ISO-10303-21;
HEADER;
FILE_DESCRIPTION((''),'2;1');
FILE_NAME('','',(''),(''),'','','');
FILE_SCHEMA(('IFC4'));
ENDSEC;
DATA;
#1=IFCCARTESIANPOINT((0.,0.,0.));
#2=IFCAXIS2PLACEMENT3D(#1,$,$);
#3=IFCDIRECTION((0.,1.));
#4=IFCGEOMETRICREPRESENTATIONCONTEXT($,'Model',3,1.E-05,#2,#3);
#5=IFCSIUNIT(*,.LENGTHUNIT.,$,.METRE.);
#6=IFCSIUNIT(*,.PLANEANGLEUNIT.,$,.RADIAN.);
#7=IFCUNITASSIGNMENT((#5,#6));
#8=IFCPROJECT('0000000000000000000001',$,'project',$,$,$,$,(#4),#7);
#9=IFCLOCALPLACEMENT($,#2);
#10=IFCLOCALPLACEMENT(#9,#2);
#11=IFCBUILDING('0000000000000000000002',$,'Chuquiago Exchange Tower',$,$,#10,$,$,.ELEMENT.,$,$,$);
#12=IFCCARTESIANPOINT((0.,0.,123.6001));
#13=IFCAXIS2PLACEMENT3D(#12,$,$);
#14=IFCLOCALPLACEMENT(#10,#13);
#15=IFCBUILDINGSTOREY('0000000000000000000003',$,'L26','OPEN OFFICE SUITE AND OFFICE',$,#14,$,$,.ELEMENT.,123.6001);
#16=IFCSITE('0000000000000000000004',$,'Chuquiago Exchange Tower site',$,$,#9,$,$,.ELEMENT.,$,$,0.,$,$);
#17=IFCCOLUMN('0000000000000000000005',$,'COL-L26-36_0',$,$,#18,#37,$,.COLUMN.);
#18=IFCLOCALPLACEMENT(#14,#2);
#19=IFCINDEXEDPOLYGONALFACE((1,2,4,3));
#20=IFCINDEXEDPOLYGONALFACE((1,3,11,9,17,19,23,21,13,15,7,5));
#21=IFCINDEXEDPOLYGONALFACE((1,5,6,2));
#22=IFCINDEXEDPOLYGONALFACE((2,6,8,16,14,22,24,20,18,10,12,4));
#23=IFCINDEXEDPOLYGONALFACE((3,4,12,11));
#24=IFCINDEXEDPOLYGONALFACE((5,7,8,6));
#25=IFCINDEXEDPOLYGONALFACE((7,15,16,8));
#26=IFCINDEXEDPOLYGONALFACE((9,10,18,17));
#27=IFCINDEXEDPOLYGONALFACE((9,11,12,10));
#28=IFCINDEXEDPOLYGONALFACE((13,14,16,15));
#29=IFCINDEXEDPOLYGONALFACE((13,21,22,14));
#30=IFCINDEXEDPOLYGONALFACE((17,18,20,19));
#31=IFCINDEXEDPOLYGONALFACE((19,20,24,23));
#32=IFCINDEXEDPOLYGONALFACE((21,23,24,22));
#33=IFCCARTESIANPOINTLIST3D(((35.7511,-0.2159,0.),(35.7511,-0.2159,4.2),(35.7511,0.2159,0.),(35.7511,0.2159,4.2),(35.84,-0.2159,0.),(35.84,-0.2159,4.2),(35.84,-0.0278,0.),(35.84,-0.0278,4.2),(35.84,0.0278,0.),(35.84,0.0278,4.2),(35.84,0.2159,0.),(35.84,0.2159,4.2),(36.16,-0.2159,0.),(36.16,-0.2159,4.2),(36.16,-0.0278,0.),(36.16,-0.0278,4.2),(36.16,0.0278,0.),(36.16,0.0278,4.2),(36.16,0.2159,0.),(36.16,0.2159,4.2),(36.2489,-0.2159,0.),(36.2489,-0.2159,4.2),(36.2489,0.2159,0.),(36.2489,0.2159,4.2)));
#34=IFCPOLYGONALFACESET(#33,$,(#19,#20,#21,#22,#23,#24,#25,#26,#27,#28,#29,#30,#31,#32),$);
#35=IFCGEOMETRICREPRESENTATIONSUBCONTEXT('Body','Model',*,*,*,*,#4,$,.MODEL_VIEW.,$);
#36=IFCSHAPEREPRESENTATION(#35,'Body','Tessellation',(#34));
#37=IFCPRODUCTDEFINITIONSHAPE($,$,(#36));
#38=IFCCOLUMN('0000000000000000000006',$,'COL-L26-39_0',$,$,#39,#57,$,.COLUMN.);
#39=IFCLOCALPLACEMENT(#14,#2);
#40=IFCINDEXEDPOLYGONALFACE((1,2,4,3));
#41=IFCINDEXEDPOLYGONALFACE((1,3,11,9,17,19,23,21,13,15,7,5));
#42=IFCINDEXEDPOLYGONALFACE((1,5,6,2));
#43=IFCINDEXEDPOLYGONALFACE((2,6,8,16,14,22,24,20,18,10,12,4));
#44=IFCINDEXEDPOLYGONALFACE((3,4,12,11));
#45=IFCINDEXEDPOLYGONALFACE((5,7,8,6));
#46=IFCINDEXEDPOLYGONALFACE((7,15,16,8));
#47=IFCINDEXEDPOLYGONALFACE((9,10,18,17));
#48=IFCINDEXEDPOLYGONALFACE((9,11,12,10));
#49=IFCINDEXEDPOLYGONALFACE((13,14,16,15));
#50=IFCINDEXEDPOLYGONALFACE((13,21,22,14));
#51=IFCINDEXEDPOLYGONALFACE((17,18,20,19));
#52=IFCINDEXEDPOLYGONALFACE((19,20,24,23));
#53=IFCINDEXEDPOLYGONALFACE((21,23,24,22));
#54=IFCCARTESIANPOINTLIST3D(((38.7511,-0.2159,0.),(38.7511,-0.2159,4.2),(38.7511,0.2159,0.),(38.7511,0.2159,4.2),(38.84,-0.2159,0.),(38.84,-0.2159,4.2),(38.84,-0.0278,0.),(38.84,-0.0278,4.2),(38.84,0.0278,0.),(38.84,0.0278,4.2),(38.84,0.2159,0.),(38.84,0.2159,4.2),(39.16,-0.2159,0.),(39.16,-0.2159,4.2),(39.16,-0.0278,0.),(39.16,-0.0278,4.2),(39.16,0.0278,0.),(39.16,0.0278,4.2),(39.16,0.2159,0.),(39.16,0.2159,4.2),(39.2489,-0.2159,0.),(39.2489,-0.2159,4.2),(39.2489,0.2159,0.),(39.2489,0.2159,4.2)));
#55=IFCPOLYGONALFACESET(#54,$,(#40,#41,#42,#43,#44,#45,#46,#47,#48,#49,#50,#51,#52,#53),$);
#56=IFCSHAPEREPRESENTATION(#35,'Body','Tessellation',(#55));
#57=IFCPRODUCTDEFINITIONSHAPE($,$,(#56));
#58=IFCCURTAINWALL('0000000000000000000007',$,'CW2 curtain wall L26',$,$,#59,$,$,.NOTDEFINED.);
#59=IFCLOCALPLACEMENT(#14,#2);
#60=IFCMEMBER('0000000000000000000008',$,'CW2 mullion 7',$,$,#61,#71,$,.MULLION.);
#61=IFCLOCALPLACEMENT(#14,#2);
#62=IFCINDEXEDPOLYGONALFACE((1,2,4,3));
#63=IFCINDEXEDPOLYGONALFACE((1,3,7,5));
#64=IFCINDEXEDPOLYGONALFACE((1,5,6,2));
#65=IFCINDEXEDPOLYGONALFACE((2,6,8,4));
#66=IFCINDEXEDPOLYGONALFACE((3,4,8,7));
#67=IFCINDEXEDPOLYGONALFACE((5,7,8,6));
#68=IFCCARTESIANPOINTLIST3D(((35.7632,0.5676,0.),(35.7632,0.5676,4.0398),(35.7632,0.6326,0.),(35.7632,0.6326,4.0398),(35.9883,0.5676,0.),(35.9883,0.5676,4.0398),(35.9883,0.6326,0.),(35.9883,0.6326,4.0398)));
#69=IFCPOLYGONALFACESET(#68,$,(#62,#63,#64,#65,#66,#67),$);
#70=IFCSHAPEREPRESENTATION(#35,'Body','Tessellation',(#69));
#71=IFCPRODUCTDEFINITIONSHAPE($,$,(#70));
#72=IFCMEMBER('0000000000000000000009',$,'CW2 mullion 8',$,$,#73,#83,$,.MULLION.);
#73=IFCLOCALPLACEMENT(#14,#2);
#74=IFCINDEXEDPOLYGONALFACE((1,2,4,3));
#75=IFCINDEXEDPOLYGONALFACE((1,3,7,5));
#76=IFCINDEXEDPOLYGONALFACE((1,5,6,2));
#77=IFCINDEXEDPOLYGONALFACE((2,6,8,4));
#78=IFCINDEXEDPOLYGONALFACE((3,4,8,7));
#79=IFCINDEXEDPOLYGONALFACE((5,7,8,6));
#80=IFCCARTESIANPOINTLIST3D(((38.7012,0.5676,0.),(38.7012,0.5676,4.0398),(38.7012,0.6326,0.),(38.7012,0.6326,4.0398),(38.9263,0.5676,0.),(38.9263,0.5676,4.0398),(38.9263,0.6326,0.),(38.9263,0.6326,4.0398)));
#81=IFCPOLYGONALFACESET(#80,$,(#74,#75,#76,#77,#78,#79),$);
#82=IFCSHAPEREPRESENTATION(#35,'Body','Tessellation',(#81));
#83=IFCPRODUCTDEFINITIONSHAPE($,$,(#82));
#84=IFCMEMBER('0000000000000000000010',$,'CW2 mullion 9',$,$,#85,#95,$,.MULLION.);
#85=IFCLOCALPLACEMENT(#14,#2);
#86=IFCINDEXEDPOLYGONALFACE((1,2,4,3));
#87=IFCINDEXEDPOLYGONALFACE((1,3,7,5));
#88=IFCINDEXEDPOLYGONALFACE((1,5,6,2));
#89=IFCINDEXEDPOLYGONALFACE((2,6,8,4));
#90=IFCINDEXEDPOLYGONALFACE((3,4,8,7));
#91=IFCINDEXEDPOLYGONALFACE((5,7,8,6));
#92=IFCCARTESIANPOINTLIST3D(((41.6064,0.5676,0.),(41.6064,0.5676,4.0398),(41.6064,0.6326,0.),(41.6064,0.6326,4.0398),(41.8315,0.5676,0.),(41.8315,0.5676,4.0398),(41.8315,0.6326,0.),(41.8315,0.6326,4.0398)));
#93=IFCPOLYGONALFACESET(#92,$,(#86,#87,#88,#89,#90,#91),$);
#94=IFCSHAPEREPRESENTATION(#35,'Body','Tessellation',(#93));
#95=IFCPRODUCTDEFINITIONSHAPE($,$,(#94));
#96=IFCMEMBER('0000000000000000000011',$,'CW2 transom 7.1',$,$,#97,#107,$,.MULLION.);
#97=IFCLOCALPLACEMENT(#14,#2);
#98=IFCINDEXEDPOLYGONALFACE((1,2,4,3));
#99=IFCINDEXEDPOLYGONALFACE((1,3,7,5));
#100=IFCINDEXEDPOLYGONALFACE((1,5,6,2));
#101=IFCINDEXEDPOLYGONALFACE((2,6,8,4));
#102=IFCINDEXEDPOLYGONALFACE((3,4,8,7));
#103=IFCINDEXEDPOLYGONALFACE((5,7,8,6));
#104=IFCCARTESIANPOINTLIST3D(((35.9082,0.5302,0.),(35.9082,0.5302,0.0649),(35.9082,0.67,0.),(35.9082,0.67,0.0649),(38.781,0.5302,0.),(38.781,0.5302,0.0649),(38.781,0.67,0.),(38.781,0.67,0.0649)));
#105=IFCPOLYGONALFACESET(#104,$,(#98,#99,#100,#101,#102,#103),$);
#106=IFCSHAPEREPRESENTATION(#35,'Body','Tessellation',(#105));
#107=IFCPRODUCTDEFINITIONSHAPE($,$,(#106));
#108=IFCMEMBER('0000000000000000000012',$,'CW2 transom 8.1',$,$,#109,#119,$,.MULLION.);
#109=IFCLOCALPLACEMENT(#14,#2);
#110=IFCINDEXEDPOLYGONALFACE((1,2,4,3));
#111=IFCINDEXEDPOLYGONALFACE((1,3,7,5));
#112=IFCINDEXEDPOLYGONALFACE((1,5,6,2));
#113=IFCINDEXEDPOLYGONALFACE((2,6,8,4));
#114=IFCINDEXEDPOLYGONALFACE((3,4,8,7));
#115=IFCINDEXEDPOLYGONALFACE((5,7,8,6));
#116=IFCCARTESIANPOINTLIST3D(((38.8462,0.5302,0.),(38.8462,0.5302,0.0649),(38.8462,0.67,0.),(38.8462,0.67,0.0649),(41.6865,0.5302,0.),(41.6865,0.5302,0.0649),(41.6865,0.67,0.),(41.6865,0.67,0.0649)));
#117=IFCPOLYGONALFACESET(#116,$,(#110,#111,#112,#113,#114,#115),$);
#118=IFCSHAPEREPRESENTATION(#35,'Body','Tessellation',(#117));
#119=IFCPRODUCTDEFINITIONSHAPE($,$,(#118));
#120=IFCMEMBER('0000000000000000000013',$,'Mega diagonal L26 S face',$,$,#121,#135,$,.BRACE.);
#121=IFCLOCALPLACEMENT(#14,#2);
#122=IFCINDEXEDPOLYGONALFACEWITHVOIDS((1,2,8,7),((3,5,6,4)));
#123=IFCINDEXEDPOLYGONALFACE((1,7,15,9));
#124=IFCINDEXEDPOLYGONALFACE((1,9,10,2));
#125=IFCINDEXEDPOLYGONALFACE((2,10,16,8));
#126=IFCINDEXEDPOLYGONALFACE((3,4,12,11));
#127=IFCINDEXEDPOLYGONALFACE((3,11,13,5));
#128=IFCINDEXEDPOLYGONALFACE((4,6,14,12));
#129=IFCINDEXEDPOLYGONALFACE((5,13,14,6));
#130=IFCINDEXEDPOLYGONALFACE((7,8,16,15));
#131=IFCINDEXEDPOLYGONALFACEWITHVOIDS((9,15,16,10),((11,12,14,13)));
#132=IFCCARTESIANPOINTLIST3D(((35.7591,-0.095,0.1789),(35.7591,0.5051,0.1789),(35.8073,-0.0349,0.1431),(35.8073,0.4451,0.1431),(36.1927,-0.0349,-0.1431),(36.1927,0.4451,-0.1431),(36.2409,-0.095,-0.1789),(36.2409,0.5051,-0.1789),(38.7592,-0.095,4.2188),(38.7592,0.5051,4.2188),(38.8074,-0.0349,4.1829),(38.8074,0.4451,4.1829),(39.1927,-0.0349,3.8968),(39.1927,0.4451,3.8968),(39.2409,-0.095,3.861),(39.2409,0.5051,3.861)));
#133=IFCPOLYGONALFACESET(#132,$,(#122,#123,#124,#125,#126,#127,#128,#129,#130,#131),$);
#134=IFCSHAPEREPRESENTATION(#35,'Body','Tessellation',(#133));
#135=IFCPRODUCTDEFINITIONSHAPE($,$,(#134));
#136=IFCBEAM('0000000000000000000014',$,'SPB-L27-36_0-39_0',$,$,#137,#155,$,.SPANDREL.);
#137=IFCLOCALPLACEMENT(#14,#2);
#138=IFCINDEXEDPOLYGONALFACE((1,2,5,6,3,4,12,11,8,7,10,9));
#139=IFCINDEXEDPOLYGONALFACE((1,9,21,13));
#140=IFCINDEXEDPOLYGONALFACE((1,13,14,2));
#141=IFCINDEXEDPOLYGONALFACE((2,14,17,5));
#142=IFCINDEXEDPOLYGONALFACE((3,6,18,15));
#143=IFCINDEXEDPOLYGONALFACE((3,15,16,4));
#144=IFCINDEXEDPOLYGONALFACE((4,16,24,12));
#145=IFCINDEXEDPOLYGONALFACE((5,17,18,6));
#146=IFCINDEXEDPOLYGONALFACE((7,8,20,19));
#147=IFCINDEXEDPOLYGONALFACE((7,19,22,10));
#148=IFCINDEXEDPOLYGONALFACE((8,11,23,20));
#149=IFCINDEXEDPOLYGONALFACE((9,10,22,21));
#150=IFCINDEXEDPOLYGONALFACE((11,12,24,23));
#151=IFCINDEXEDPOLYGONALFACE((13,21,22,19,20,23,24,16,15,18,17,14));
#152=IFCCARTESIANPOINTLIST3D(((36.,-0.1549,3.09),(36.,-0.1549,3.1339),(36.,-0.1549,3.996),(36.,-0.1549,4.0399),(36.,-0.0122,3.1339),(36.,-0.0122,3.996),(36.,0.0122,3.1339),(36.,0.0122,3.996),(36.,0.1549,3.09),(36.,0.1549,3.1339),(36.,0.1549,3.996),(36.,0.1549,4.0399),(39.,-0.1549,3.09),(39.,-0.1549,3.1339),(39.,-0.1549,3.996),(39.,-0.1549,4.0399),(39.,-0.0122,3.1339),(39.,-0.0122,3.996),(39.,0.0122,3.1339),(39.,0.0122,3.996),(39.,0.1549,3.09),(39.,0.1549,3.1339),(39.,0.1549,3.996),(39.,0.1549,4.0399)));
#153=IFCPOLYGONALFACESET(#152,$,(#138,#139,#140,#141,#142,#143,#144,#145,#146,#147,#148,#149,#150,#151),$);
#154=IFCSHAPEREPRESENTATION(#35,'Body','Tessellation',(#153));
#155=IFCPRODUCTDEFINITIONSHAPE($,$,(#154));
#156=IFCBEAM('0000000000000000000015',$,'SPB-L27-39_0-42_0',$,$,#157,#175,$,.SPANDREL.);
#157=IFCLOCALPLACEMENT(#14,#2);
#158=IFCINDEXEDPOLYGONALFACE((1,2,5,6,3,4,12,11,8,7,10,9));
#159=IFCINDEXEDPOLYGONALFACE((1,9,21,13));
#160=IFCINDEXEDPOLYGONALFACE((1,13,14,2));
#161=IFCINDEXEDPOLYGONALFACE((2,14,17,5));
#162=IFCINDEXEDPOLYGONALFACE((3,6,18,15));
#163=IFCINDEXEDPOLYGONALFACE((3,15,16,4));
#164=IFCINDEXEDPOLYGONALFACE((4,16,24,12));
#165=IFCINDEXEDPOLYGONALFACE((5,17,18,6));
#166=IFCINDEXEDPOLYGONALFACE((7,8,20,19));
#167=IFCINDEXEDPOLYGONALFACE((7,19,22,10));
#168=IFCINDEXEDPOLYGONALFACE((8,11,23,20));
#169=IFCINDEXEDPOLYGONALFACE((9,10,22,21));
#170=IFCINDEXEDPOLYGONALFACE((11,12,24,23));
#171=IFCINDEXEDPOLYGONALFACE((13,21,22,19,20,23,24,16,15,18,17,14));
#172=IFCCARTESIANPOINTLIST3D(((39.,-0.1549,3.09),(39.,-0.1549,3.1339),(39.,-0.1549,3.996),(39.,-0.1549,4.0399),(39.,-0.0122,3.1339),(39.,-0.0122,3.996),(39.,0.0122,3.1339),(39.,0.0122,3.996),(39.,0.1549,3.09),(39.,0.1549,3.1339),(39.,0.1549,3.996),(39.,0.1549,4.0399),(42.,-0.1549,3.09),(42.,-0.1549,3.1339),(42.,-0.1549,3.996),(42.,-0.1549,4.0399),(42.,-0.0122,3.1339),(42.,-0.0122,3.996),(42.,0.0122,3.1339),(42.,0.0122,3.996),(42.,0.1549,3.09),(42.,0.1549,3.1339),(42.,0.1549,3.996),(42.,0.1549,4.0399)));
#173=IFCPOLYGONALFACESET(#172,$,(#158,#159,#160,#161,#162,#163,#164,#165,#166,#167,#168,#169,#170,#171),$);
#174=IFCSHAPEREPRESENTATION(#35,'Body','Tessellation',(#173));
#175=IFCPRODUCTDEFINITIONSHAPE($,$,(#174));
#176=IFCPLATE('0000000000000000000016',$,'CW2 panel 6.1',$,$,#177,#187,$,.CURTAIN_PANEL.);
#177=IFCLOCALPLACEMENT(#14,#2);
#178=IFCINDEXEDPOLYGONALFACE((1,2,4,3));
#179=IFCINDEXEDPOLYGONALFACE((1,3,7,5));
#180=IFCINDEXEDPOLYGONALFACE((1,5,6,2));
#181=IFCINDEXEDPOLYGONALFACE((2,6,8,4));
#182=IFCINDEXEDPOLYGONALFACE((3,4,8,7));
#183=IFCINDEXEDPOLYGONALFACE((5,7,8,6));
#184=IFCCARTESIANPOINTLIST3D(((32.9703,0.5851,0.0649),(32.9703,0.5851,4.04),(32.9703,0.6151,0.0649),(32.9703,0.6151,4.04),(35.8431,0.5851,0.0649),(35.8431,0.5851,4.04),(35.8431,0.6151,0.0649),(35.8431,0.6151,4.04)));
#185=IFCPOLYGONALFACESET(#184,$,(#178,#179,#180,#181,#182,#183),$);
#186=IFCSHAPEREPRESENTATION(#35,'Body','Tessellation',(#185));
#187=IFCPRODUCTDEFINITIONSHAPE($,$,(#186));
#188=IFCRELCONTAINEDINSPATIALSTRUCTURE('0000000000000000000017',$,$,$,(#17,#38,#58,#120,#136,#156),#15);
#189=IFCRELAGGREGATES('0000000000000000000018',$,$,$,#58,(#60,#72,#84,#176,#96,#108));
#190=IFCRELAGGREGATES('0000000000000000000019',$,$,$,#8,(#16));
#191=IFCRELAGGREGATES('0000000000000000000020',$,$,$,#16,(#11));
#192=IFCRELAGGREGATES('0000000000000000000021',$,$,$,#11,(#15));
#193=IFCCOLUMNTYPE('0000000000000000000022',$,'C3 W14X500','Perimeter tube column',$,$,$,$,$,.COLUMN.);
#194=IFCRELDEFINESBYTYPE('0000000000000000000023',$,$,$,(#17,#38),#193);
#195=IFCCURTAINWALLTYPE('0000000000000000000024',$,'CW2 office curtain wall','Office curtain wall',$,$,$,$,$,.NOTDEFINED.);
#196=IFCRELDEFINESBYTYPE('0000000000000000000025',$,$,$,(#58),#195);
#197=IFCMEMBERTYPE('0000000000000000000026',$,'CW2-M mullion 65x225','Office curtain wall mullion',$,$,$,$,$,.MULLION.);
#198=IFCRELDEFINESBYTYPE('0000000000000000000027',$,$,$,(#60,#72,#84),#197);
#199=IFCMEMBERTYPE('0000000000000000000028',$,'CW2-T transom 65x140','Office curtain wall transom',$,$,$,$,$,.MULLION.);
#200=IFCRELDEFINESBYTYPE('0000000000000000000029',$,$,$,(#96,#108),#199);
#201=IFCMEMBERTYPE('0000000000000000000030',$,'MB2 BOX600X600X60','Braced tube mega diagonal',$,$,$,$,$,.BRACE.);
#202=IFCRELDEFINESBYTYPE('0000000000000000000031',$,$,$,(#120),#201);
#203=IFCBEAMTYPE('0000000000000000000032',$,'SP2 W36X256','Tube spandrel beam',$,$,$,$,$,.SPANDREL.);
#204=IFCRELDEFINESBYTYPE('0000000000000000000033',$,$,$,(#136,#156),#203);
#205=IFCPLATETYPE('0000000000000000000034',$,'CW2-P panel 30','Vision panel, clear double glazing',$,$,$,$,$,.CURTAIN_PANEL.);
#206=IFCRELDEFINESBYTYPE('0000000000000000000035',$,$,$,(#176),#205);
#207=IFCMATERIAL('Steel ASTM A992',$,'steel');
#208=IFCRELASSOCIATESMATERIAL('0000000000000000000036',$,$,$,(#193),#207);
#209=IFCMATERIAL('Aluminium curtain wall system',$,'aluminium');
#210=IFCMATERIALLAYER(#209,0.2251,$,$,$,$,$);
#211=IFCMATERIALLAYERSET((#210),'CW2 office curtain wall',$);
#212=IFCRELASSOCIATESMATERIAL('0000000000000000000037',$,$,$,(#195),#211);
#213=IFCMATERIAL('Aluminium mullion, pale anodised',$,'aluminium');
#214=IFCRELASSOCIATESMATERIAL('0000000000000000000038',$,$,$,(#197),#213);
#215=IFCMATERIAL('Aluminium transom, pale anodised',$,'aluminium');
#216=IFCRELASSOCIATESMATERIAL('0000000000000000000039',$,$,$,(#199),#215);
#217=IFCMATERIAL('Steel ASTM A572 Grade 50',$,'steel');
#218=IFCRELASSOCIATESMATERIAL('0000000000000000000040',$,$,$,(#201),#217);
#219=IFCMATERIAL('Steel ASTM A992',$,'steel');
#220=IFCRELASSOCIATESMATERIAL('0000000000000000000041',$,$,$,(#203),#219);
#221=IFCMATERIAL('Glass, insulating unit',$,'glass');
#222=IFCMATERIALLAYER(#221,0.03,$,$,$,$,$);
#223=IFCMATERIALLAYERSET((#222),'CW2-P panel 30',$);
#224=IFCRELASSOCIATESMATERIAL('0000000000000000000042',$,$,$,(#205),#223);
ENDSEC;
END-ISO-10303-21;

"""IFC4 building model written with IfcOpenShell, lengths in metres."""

from ifc_helpers import new_model, si_unit, direction, frame, origin, origin_2d, place, context, subcontext, project, spatial, rectangle, hollow_rectangle, i_section, extrude, material, layer, layer_set, material_profile, profile_set, type_object, element, aggregate, save


model = new_model("IFC4")

# Units and contexts
model_context = context("Model", 3, precision=1e-05, world=origin(), true_north=direction((0.0, 1.0)))
body_context = subcontext(model_context, "Body", "Model", "MODEL_VIEW")
ifc_project = project(units=[si_unit("LENGTHUNIT", "METRE"), si_unit("PLANEANGLEUNIT", "RADIAN")], contexts=[model_context])

# Site, building, storey
site_placement = place(None, origin())
site = spatial("IfcSite", under=ifc_project, at=site_placement, Name="Chuquiago Exchange Tower site", CompositionType="ELEMENT", RefElevation=0.0)
building_placement = place(site_placement, origin())
building = spatial("IfcBuilding", under=site, at=building_placement, Name="Chuquiago Exchange Tower", CompositionType="ELEMENT")
storey_placement = place(building_placement, frame((0.0, 0.0, 123.6001)))
storey = spatial("IfcBuildingStorey", under=building, at=storey_placement, Name="L26", Description="OPEN OFFICE SUITE AND OFFICE", CompositionType="ELEMENT", Elevation=123.6001)

# Columns
ifc_material_1 = material(Name="Steel ASTM A992", Category="steel")
ifc_material_profile_1 = material_profile(ifc_material_1, i_section(OverallWidth=0.4319, OverallDepth=0.4978, WebThickness=0.0557, FlangeThickness=0.0889, at=origin_2d()), Name="W14X500")
ifc_profile_set_1 = profile_set([ifc_material_profile_1], Name="Steel ASTM A992")
column_type = type_object("IfcColumnType", Name="C3 W14X500", Description="Perimeter tube column", PredefinedType="COLUMN", material=ifc_profile_set_1)
for number, where, z_axis, x_axis, name in (
    (1, (36.0, 0.0, 0.0), (0.0, 0.0, 1.0), (0.0, -1.0, 0.0), "COL-L26-36_0"),
    (2, (39.0, 0.0, 0.0), (0.0, 0.0, 1.0), (0.0, -1.0, 0.0), "COL-L26-39_0"),
):
    element("IfcColumn", number, at=place(storey_placement, frame(where, z_axis=z_axis, x_axis=x_axis)), inside=storey, type_object=column_type, Name=name, PredefinedType="COLUMN", context=body_context, shape_type="SweptSolid", body=[
        extrude(i_section(OverallWidth=0.4319, OverallDepth=0.4978, WebThickness=0.0557, FlangeThickness=0.0889, at=origin_2d()), origin(), (0.0, 0.0, 1.0), 4.2),
    ])

# Curtain wall, members
ifc_material_2 = material(Name="Aluminium curtain wall system", Category="aluminium")
ifc_layer_1 = layer(ifc_material_2, 0.2251)
ifc_layer_set_1 = layer_set([ifc_layer_1], Name="CW2 office curtain wall")
curtain_wall_type = type_object("IfcCurtainWallType", Name="CW2 office curtain wall", Description="Office curtain wall", PredefinedType="NOTDEFINED", material=ifc_layer_set_1)
curtain_wall_placement = place(storey_placement, origin())
curtain_wall = element("IfcCurtainWall", 3, at=curtain_wall_placement, inside=storey, type_object=curtain_wall_type, Name="CW2 curtain wall L26", PredefinedType="NOTDEFINED")
ifc_material_3 = material(Name="Aluminium mullion, pale anodised", Category="aluminium")
ifc_material_profile_2 = material_profile(ifc_material_3, rectangle(XDim=0.0649, YDim=0.2251, at=origin_2d()), Name="AL 65x225")
ifc_profile_set_2 = profile_set([ifc_material_profile_2], Name="Aluminium mullion, pale anodised")
member_type_1 = type_object("IfcMemberType", Name="CW2-M mullion 65x225", Description="Office curtain wall mullion", PredefinedType="MULLION", material=ifc_profile_set_2)
member_1_placement = place(storey_placement, frame((35.8757, 0.6001, 0.0), z_axis=(0.0, 0.0, 1.0), x_axis=(0.0, 1.0, 0.0)))
member_1 = element("IfcMember", 4, at=member_1_placement, type_object=member_type_1, Name="CW2 mullion 7", PredefinedType="MULLION", context=body_context, shape_type="SweptSolid", body=[
    extrude(rectangle(XDim=0.0649, YDim=0.2251, at=origin_2d()), origin(), (0.0, 0.0, 1.0), 4.0398),
])
member_2_placement = place(storey_placement, frame((38.8137, 0.6001, 0.0), z_axis=(0.0, 0.0, 1.0), x_axis=(0.0, 1.0, 0.0)))
member_2 = element("IfcMember", 5, at=member_2_placement, type_object=member_type_1, Name="CW2 mullion 8", PredefinedType="MULLION", context=body_context, shape_type="SweptSolid", body=[
    extrude(rectangle(XDim=0.0649, YDim=0.2251, at=origin_2d()), origin(), (0.0, 0.0, 1.0), 4.0398),
])
member_3_placement = place(storey_placement, frame((41.719, 0.6001, 0.0), z_axis=(0.0, 0.0, 1.0), x_axis=(0.0, 1.0, 0.0)))
member_3 = element("IfcMember", 6, at=member_3_placement, type_object=member_type_1, Name="CW2 mullion 9", PredefinedType="MULLION", context=body_context, shape_type="SweptSolid", body=[
    extrude(rectangle(XDim=0.0649, YDim=0.2251, at=origin_2d()), origin(), (0.0, 0.0, 1.0), 4.0398),
])
ifc_material_4 = material(Name="Aluminium transom, pale anodised", Category="aluminium")
ifc_material_profile_3 = material_profile(ifc_material_4, rectangle(XDim=0.1399, YDim=0.0649, at=origin_2d()), Name="AL 140x65")
ifc_profile_set_3 = profile_set([ifc_material_profile_3], Name="Aluminium transom, pale anodised")
member_type_2 = type_object("IfcMemberType", Name="CW2-T transom 65x140", Description="Office curtain wall transom", PredefinedType="MULLION", material=ifc_profile_set_3)
member_4_placement = place(storey_placement, frame((35.9082, 0.6001, 0.0325), z_axis=(1.0, 0.0, 0.0), x_axis=(0.0, 1.0, 0.0)))
member_4 = element("IfcMember", 7, at=member_4_placement, type_object=member_type_2, Name="CW2 transom 7.1", PredefinedType="MULLION", context=body_context, shape_type="SweptSolid", body=[
    extrude(rectangle(XDim=0.1399, YDim=0.0649, at=origin_2d()), origin(), (0.0, 0.0, 1.0), 2.8728),
])
member_5_placement = place(storey_placement, frame((38.8462, 0.6001, 0.0325), z_axis=(1.0, 0.0, 0.0), x_axis=(0.0, 1.0, 0.0)))
member_5 = element("IfcMember", 8, at=member_5_placement, type_object=member_type_2, Name="CW2 transom 8.1", PredefinedType="MULLION", context=body_context, shape_type="SweptSolid", body=[
    extrude(rectangle(XDim=0.1399, YDim=0.0649, at=origin_2d()), origin(), (0.0, 0.0, 1.0), 2.8403),
])

# Member
ifc_material_5 = material(Name="Steel ASTM A572 Grade 50", Category="steel")
ifc_material_profile_4 = material_profile(ifc_material_5, hollow_rectangle(XDim=0.6001, YDim=0.6001, WallThickness=0.0601, at=origin_2d()), Name="BOX600X600X60")
ifc_profile_set_4 = profile_set([ifc_material_profile_4], Name="Steel ASTM A572 Grade 50")
member_type_3 = type_object("IfcMemberType", Name="MB2 BOX600X600X60", Description="Braced tube mega diagonal", PredefinedType="BRACE", material=ifc_profile_set_4)
member_6_placement = place(storey_placement, frame((36.0, 0.2051, 0.0), z_axis=(0.596197, 0.0, 0.802838), x_axis=(0.0, 1.0, 0.0)))
element("IfcMember", 9, at=member_6_placement, inside=storey, type_object=member_type_3, Name="Mega diagonal L26 S face", PredefinedType="BRACE", context=body_context, shape_type="SweptSolid", body=[
    extrude(hollow_rectangle(XDim=0.6001, YDim=0.6001, WallThickness=0.0601, at=origin_2d()), origin(), (0.0, 0.0, 1.0), 5.032),
])

# Beams
ifc_material_6 = material(Name="Steel ASTM A992", Category="steel")
ifc_material_profile_5 = material_profile(ifc_material_6, i_section(OverallWidth=0.3098, OverallDepth=0.95, WebThickness=0.0244, FlangeThickness=0.0439, at=origin_2d()), Name="W36X256")
ifc_profile_set_5 = profile_set([ifc_material_profile_5], Name="Steel ASTM A992")
beam_type = type_object("IfcBeamType", Name="SP2 W36X256", Description="Tube spandrel beam", PredefinedType="SPANDREL", material=ifc_profile_set_5)
for number, where, z_axis, x_axis, name in (
    (10, (36.0, 0.0, 3.5649), (1.0, 0.0, 0.0), (0.0, 1.0, 0.0), "SPB-L27-36_0-39_0"),
    (11, (39.0, 0.0, 3.5649), (1.0, 0.0, 0.0), (0.0, 1.0, 0.0), "SPB-L27-39_0-42_0"),
):
    element("IfcBeam", number, at=place(storey_placement, frame(where, z_axis=z_axis, x_axis=x_axis)), inside=storey, type_object=beam_type, Name=name, PredefinedType="SPANDREL", context=body_context, shape_type="SweptSolid", body=[
        extrude(i_section(OverallWidth=0.3098, OverallDepth=0.95, WebThickness=0.0244, FlangeThickness=0.0439, at=origin_2d()), origin(), (0.0, 0.0, 1.0), 3.0),
    ])

# Plate
ifc_material_7 = material(Name="Glass, insulating unit", Category="glass")
ifc_layer_2 = layer(ifc_material_7, 0.03)
ifc_layer_set_2 = layer_set([ifc_layer_2], Name="CW2-P panel 30")
plate_type_1 = type_object("IfcPlateType", Name="CW2-P panel 30", Description="Vision panel, clear double glazing", PredefinedType="CURTAIN_PANEL", material=ifc_layer_set_2)
plate_1_placement = place(storey_placement, frame((34.4067, 0.6001, 0.0649), z_axis=(0.0, 0.0, 1.0), x_axis=(1.0, 0.0, 0.0)))
plate_1 = element("IfcPlate", 12, at=plate_1_placement, type_object=plate_type_1, Name="CW2 panel 6.1", PredefinedType="CURTAIN_PANEL", context=body_context, shape_type="SweptSolid", body=[
    extrude(rectangle(XDim=2.8728, YDim=0.03, at=origin_2d()), origin(), (0.0, 0.0, 1.0), 3.9751),
])
aggregate(curtain_wall, [member_1, member_2, member_3, plate_1, member_4, member_5])

save(model, "model.ifc")
